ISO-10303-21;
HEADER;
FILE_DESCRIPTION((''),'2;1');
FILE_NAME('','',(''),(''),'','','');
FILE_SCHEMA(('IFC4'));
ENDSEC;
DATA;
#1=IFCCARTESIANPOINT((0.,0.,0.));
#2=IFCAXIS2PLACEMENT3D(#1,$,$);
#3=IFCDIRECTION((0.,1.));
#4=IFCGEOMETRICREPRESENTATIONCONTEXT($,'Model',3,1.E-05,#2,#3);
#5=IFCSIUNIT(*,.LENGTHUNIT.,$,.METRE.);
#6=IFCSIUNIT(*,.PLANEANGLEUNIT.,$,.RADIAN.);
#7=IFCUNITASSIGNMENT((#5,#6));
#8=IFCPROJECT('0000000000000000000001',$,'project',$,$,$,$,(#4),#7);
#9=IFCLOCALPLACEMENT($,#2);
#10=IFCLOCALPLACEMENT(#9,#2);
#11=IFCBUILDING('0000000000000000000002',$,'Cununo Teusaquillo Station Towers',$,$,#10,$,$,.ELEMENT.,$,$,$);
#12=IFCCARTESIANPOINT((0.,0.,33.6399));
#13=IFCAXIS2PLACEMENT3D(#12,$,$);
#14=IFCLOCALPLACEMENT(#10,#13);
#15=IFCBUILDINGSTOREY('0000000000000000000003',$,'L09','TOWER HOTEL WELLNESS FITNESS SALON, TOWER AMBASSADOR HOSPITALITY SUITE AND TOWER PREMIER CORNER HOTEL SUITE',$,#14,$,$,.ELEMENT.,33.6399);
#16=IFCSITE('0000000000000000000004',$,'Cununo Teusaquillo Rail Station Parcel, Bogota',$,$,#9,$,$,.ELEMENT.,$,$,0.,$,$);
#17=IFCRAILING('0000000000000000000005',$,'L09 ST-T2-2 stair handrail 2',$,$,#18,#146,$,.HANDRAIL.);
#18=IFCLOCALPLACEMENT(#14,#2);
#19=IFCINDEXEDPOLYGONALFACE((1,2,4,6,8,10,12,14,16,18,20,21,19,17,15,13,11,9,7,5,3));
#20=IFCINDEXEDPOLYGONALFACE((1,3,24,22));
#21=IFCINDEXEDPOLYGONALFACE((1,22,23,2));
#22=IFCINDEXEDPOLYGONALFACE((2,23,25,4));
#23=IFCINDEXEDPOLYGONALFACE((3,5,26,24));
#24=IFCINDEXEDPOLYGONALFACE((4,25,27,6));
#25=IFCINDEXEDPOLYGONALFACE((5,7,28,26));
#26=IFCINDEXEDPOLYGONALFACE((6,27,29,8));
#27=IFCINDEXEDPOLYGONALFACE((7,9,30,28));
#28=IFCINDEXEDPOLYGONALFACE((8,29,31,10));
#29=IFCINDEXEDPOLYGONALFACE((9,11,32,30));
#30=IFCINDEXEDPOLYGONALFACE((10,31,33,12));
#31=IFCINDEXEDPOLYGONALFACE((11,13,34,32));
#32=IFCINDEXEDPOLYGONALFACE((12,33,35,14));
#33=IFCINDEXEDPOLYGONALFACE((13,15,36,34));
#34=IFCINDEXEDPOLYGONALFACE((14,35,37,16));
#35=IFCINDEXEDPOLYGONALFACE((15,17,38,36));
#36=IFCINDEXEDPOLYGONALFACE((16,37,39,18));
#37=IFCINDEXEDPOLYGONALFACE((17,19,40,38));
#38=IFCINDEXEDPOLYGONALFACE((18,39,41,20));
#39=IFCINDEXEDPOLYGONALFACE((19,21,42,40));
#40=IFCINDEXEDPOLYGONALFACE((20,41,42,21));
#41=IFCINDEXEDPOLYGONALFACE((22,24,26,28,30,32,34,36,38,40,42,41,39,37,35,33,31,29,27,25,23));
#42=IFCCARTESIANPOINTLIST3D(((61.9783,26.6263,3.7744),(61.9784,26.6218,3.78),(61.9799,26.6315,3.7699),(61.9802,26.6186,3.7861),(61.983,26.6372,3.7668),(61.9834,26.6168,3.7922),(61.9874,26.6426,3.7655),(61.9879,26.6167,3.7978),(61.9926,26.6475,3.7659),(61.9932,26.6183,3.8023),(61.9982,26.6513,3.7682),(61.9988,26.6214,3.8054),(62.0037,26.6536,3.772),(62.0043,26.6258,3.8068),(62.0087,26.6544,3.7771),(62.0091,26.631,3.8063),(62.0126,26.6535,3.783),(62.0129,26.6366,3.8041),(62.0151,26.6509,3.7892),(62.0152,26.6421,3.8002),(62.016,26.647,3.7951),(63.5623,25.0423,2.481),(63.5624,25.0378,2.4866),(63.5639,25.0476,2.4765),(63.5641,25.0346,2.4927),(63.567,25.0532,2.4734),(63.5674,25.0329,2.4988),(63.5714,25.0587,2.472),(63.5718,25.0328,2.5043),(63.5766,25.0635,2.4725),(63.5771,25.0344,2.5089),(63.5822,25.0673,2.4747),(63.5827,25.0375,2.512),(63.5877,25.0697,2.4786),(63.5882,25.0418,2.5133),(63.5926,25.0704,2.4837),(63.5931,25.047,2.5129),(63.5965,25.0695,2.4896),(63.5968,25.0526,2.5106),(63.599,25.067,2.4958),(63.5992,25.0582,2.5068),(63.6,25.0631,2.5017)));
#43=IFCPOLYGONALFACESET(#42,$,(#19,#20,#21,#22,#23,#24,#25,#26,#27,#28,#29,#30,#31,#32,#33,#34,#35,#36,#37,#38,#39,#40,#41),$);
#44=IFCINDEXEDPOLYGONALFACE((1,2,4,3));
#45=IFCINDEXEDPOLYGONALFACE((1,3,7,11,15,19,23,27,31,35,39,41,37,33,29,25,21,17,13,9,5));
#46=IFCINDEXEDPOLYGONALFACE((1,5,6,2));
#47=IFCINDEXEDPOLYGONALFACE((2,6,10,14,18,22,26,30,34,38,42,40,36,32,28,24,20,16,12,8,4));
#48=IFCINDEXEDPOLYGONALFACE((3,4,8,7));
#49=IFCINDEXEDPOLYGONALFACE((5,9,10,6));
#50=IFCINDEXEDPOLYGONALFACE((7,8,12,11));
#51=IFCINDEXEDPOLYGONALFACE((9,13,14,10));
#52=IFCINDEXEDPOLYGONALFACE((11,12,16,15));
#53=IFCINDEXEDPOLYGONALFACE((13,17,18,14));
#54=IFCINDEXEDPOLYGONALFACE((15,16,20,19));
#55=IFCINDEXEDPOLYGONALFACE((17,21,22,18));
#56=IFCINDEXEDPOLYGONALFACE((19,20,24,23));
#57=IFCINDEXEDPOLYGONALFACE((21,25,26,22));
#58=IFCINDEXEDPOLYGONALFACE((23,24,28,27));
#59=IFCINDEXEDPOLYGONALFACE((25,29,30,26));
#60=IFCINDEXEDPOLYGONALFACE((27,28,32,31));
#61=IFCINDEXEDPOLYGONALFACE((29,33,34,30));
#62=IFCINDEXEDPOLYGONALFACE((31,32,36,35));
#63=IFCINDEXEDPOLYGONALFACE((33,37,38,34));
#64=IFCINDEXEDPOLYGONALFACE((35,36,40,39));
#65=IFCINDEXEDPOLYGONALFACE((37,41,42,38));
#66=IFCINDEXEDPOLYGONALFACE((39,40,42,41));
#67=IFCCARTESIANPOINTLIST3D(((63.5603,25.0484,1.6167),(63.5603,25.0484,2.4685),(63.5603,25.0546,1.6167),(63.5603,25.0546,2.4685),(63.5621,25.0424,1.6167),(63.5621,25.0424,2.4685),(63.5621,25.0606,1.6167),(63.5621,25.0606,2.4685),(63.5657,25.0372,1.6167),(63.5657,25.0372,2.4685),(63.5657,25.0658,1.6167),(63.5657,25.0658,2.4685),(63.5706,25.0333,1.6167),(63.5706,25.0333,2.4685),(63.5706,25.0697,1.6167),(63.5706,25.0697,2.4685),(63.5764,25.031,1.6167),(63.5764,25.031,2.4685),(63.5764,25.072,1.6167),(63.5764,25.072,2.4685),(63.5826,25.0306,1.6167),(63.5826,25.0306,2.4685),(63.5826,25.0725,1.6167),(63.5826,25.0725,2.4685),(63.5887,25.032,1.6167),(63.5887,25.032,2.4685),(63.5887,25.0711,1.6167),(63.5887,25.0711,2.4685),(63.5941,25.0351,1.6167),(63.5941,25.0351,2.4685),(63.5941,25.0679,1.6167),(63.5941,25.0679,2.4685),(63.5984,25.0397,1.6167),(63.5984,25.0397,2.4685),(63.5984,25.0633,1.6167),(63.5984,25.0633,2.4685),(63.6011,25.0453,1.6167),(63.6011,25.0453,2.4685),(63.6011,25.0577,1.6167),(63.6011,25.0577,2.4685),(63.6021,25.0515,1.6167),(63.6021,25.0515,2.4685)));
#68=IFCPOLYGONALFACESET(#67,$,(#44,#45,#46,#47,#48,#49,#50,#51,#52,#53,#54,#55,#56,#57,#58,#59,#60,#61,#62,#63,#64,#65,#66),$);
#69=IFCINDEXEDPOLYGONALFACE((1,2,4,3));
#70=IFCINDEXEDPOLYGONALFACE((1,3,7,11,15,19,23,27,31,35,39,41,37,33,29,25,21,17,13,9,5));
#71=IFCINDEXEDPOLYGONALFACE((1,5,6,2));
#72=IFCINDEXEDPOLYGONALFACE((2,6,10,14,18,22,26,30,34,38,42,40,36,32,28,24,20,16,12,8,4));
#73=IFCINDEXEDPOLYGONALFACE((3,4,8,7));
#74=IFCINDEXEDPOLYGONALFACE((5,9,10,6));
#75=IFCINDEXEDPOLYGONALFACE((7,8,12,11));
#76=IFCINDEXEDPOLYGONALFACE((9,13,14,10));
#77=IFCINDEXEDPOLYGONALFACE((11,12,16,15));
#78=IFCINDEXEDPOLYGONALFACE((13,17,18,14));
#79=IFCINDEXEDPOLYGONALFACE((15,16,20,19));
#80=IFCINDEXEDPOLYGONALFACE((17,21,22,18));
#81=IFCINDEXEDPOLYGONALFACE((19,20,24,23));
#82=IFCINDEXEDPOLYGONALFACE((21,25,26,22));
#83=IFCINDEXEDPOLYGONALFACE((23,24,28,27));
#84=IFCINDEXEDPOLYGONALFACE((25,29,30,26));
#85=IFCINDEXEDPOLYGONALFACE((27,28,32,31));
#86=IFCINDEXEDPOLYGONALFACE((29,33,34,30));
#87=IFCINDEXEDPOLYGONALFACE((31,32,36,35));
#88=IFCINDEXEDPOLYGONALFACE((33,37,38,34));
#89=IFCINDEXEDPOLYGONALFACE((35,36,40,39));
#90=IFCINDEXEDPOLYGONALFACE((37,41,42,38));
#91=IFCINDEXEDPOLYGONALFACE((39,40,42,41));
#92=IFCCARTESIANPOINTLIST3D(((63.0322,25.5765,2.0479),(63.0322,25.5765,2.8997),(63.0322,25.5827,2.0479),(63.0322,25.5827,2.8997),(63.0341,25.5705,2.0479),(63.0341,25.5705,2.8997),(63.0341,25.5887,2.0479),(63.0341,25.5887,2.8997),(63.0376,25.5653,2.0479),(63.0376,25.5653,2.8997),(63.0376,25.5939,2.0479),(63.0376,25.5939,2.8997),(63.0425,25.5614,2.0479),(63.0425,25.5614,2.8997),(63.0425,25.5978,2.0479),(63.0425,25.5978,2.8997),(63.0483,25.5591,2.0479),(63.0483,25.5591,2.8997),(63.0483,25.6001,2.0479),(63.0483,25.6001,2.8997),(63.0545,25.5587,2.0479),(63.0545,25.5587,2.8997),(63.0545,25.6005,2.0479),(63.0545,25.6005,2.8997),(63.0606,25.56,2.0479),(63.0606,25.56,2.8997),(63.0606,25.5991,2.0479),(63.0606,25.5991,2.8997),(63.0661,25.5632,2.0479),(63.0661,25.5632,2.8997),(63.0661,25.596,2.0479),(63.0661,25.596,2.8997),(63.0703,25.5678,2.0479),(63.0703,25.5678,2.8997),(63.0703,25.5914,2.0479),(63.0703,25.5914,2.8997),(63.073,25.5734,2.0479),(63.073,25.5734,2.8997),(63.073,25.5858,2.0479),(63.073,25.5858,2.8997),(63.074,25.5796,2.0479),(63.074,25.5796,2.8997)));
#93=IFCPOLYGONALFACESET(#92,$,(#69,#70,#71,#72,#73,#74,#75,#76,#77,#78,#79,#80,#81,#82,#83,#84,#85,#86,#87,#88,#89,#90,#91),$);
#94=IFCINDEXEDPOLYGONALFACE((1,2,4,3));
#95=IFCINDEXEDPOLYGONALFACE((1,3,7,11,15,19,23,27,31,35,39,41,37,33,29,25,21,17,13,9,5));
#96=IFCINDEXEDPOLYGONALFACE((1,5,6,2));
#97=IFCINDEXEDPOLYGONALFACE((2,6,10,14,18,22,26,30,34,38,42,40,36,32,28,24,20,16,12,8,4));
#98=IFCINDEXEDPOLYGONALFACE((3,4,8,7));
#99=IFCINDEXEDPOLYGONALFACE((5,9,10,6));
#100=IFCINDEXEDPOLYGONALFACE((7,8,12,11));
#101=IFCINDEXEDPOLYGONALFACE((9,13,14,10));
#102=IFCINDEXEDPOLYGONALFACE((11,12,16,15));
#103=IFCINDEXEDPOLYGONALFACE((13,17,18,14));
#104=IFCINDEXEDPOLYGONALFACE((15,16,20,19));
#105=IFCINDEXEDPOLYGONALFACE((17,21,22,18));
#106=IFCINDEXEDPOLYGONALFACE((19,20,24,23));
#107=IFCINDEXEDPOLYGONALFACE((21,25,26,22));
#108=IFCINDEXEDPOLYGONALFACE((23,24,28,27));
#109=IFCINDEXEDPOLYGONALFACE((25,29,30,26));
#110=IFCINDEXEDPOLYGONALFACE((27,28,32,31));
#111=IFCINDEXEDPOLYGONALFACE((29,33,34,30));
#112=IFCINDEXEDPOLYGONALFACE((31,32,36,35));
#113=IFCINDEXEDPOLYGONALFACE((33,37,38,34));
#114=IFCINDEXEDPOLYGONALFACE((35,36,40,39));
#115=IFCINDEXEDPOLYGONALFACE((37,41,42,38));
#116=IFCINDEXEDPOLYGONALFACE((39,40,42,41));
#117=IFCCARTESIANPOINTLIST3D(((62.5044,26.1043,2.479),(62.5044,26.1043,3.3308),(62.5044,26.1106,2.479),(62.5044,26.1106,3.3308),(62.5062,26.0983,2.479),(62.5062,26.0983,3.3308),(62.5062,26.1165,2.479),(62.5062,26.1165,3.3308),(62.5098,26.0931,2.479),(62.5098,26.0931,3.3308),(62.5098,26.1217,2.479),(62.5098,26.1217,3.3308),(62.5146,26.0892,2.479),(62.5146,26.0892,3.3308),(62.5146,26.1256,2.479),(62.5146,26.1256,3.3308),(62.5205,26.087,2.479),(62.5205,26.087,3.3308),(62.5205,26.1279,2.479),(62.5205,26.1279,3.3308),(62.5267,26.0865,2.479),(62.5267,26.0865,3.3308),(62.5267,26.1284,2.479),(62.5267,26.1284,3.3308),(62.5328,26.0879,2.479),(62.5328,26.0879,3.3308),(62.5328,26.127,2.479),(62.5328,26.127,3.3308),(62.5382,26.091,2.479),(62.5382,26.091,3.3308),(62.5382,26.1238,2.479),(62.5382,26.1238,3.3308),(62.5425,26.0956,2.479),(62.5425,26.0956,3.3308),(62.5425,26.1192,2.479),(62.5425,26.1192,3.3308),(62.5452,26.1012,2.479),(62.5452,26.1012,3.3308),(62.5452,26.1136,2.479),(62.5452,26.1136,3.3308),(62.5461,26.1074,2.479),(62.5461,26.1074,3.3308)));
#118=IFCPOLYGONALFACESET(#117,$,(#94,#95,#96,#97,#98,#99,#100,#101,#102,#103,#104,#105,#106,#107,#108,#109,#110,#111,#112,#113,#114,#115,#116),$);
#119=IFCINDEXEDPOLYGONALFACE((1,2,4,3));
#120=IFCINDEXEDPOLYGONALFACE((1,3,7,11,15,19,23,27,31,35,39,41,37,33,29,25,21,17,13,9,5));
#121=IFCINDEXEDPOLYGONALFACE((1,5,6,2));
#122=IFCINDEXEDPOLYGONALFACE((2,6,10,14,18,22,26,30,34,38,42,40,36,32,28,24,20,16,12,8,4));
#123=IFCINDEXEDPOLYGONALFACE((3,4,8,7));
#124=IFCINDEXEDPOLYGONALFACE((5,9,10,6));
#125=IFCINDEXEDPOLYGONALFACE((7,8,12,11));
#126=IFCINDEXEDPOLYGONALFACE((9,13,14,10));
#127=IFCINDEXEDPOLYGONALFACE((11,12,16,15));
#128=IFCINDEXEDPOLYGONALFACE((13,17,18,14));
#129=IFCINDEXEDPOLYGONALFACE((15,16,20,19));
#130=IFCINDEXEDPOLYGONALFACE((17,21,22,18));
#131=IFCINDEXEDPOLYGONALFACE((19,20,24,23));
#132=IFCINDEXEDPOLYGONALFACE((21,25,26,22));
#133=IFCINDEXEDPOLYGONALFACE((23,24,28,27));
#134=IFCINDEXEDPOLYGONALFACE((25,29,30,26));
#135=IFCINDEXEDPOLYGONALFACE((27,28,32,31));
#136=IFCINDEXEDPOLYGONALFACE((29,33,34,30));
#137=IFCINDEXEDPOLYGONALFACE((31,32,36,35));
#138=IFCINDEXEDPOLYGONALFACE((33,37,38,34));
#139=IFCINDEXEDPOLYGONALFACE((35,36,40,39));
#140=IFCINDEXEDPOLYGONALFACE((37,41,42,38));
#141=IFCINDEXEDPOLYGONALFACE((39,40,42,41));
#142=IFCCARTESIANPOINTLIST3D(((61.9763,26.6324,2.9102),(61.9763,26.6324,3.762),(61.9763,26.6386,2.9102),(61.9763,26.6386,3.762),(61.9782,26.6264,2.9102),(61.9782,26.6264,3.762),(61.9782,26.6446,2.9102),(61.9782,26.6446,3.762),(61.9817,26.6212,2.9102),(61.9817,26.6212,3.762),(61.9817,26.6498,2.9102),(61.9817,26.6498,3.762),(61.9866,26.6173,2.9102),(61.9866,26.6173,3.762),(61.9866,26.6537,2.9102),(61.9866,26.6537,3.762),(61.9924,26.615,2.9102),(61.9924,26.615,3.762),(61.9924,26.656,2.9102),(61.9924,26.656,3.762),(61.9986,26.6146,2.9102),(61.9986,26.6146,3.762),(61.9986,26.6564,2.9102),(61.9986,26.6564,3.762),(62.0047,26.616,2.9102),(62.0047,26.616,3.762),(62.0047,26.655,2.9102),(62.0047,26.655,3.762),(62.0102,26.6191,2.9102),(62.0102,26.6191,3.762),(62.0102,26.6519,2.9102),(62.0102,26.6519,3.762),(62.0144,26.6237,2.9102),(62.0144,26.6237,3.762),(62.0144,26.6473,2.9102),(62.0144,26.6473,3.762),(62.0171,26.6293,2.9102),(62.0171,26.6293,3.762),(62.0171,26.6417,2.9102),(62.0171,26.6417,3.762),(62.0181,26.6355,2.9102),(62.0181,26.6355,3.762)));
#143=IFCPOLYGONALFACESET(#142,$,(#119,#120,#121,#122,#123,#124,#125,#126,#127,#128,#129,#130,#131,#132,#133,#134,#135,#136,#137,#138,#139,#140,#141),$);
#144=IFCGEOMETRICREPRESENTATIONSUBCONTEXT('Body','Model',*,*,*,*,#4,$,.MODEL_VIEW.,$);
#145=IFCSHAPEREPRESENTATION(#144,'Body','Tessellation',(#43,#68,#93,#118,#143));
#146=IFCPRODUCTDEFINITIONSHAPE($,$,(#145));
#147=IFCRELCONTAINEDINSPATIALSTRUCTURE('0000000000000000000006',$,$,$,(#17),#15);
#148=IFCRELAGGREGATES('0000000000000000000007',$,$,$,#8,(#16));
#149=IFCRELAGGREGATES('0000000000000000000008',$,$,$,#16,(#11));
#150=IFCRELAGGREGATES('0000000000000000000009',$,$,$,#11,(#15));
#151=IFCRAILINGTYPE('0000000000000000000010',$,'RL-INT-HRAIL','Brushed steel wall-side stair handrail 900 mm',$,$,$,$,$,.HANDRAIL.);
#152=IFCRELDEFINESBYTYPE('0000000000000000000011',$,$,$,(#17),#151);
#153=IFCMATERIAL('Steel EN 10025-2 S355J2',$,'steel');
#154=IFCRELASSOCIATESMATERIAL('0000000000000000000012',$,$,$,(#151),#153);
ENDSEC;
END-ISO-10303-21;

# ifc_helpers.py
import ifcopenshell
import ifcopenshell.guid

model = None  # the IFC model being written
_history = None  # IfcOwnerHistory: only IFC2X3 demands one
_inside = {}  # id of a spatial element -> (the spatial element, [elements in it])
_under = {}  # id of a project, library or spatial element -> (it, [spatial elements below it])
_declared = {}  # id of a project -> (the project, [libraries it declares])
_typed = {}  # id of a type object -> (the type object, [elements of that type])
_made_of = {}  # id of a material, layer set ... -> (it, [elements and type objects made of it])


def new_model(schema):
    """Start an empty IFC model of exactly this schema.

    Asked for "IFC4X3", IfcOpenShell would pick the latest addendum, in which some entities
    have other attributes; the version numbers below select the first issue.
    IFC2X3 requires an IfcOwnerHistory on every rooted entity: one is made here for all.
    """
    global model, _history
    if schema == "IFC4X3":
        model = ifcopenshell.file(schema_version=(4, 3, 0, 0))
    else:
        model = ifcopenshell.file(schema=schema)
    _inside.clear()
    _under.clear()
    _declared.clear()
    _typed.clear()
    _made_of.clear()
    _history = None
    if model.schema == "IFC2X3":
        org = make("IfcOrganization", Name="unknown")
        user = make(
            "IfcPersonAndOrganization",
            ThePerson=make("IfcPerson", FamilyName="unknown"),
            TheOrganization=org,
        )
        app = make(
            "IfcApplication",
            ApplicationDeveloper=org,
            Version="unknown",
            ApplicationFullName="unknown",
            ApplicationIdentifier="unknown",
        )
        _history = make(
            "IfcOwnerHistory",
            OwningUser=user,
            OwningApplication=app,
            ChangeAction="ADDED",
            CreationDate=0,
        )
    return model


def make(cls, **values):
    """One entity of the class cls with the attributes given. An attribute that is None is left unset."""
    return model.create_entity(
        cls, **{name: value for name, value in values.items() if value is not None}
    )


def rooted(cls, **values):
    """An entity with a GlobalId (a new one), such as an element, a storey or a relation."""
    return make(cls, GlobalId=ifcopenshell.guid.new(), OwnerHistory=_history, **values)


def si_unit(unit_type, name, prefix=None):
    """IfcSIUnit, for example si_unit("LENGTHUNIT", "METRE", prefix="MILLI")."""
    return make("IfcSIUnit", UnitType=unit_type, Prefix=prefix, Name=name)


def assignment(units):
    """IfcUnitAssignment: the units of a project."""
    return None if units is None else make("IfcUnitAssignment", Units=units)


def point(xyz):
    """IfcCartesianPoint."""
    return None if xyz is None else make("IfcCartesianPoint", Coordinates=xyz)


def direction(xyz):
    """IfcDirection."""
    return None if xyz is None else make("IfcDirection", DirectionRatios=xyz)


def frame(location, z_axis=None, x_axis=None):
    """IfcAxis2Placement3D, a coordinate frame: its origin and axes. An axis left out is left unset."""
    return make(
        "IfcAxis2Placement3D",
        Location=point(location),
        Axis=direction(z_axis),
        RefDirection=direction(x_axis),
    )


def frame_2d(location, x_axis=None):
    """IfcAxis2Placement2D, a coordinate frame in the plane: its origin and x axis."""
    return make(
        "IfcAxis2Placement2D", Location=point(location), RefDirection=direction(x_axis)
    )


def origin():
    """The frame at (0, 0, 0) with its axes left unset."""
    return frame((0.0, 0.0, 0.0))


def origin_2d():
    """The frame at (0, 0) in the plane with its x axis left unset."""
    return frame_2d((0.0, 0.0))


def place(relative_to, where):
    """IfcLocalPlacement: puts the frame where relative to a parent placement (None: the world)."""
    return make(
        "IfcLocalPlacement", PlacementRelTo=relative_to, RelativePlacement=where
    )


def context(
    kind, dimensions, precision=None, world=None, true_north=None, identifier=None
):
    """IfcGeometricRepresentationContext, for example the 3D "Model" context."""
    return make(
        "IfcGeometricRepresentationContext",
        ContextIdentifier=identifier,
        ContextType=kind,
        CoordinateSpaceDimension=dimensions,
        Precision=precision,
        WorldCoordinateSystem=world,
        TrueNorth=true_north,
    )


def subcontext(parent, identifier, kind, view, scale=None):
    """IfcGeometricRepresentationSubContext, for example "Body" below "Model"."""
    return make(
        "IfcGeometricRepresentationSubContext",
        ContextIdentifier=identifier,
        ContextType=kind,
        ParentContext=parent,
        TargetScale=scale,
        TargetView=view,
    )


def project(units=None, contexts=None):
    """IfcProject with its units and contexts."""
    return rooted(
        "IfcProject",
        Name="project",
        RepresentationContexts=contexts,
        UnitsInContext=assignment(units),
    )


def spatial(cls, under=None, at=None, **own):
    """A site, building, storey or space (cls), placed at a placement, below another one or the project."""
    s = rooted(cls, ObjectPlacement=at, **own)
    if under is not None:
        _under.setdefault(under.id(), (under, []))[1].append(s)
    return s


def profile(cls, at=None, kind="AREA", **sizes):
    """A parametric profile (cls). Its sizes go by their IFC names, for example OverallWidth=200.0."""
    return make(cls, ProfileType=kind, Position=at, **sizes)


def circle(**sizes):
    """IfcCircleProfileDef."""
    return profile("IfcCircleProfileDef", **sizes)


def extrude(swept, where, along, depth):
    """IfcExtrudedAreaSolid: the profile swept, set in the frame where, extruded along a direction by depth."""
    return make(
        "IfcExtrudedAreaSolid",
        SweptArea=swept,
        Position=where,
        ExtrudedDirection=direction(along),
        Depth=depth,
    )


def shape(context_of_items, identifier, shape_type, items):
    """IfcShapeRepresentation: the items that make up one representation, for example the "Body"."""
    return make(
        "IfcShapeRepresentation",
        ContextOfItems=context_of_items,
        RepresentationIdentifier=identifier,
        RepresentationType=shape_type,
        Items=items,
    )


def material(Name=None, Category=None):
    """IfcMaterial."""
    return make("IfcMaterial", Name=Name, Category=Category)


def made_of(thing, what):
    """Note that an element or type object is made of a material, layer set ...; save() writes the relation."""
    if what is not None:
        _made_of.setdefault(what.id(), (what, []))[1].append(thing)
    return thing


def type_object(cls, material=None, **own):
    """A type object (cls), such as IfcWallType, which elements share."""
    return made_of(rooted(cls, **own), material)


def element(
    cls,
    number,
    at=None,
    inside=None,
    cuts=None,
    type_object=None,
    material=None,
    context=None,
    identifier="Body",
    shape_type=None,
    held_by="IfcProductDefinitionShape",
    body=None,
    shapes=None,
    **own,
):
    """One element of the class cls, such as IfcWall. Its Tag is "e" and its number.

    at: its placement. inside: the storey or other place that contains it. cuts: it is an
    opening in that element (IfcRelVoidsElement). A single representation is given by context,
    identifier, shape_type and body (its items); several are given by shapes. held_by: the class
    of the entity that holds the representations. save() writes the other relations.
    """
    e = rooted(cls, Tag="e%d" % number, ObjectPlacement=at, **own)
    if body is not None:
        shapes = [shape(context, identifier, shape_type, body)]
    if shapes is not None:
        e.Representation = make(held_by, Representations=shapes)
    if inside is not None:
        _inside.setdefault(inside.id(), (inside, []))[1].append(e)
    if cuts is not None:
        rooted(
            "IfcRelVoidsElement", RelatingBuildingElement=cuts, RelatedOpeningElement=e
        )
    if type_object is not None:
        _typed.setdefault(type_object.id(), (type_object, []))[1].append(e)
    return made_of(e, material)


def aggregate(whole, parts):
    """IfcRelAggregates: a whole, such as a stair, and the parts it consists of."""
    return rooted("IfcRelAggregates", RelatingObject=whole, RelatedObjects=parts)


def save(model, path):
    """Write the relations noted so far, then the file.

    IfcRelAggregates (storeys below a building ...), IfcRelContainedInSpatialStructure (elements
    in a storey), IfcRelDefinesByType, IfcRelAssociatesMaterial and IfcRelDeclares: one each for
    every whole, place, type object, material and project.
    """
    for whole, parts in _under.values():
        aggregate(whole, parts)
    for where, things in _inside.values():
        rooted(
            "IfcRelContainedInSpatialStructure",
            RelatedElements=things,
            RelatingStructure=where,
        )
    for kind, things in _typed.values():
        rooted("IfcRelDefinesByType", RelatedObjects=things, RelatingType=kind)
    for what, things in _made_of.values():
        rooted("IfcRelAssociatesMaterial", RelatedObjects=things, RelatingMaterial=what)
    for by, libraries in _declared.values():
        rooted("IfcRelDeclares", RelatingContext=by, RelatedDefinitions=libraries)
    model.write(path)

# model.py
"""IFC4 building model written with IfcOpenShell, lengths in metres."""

from ifc_helpers import new_model, si_unit, direction, frame, origin, origin_2d, place, context, subcontext, project, spatial, circle, extrude, material, type_object, element, save


model = new_model("IFC4")

# Units and contexts
model_context = context("Model", 3, precision=1e-05, world=origin(), true_north=direction((0.0, 1.0)))
body_context = subcontext(model_context, "Body", "Model", "MODEL_VIEW")
ifc_project = project(units=[si_unit("LENGTHUNIT", "METRE"), si_unit("PLANEANGLEUNIT", "RADIAN")], contexts=[model_context])

# Site, building, storey
site_placement = place(None, origin())
site = spatial("IfcSite", under=ifc_project, at=site_placement, Name="Cununo Teusaquillo Rail Station Parcel, Bogota", CompositionType="ELEMENT", RefElevation=0.0)
building_placement = place(site_placement, origin())
building = spatial("IfcBuilding", under=site, at=building_placement, Name="Cununo Teusaquillo Station Towers", CompositionType="ELEMENT")
storey_placement = place(building_placement, frame((0.0, 0.0, 33.6399)))
storey = spatial("IfcBuildingStorey", under=building, at=storey_placement, Name="L09", Description="TOWER HOTEL WELLNESS FITNESS SALON, TOWER AMBASSADOR HOSPITALITY SUITE AND TOWER PREMIER CORNER HOTEL SUITE", CompositionType="ELEMENT", Elevation=33.6399)

# Railing
ifc_material_1 = material(Name="Steel EN 10025-2 S355J2", Category="steel")
railing_type_1 = type_object("IfcRailingType", Name="RL-INT-HRAIL", Description="Brushed steel wall-side stair handrail 900 mm", PredefinedType="HANDRAIL", material=ifc_material_1)
railing_1_placement = place(storey_placement, frame((63.5811, 25.0515, 1.6167)))
element("IfcRailing", 1, at=railing_1_placement, inside=storey, type_object=railing_type_1, Name="L09 ST-T2-2 stair handrail 2", PredefinedType="HANDRAIL", context=body_context, shape_type="SweptSolid", body=[
    extrude(circle(Radius=0.0239, at=origin_2d()), frame((0.0, 0.0, 0.876), z_axis=(-0.612356, 0.612356, 0.50004), x_axis=(-0.707107, -0.707107, 0.0)), (0.0, 0.0, 1.0), 2.5867),
    extrude(circle(Radius=0.021, at=origin_2d()), origin(), (0.0, 0.0, 1.0), 0.8518),
    extrude(circle(Radius=0.021, at=origin_2d()), frame((-0.5281, 0.5281, 0.4312)), (0.0, 0.0, 1.0), 0.8518),
    extrude(circle(Radius=0.021, at=origin_2d()), frame((-1.0559, 1.0559, 0.8623)), (0.0, 0.0, 1.0), 0.8518),
    extrude(circle(Radius=0.021, at=origin_2d()), frame((-1.584, 1.584, 1.2935)), (0.0, 0.0, 1.0), 0.8518),
])

save(model, "model.ifc")
